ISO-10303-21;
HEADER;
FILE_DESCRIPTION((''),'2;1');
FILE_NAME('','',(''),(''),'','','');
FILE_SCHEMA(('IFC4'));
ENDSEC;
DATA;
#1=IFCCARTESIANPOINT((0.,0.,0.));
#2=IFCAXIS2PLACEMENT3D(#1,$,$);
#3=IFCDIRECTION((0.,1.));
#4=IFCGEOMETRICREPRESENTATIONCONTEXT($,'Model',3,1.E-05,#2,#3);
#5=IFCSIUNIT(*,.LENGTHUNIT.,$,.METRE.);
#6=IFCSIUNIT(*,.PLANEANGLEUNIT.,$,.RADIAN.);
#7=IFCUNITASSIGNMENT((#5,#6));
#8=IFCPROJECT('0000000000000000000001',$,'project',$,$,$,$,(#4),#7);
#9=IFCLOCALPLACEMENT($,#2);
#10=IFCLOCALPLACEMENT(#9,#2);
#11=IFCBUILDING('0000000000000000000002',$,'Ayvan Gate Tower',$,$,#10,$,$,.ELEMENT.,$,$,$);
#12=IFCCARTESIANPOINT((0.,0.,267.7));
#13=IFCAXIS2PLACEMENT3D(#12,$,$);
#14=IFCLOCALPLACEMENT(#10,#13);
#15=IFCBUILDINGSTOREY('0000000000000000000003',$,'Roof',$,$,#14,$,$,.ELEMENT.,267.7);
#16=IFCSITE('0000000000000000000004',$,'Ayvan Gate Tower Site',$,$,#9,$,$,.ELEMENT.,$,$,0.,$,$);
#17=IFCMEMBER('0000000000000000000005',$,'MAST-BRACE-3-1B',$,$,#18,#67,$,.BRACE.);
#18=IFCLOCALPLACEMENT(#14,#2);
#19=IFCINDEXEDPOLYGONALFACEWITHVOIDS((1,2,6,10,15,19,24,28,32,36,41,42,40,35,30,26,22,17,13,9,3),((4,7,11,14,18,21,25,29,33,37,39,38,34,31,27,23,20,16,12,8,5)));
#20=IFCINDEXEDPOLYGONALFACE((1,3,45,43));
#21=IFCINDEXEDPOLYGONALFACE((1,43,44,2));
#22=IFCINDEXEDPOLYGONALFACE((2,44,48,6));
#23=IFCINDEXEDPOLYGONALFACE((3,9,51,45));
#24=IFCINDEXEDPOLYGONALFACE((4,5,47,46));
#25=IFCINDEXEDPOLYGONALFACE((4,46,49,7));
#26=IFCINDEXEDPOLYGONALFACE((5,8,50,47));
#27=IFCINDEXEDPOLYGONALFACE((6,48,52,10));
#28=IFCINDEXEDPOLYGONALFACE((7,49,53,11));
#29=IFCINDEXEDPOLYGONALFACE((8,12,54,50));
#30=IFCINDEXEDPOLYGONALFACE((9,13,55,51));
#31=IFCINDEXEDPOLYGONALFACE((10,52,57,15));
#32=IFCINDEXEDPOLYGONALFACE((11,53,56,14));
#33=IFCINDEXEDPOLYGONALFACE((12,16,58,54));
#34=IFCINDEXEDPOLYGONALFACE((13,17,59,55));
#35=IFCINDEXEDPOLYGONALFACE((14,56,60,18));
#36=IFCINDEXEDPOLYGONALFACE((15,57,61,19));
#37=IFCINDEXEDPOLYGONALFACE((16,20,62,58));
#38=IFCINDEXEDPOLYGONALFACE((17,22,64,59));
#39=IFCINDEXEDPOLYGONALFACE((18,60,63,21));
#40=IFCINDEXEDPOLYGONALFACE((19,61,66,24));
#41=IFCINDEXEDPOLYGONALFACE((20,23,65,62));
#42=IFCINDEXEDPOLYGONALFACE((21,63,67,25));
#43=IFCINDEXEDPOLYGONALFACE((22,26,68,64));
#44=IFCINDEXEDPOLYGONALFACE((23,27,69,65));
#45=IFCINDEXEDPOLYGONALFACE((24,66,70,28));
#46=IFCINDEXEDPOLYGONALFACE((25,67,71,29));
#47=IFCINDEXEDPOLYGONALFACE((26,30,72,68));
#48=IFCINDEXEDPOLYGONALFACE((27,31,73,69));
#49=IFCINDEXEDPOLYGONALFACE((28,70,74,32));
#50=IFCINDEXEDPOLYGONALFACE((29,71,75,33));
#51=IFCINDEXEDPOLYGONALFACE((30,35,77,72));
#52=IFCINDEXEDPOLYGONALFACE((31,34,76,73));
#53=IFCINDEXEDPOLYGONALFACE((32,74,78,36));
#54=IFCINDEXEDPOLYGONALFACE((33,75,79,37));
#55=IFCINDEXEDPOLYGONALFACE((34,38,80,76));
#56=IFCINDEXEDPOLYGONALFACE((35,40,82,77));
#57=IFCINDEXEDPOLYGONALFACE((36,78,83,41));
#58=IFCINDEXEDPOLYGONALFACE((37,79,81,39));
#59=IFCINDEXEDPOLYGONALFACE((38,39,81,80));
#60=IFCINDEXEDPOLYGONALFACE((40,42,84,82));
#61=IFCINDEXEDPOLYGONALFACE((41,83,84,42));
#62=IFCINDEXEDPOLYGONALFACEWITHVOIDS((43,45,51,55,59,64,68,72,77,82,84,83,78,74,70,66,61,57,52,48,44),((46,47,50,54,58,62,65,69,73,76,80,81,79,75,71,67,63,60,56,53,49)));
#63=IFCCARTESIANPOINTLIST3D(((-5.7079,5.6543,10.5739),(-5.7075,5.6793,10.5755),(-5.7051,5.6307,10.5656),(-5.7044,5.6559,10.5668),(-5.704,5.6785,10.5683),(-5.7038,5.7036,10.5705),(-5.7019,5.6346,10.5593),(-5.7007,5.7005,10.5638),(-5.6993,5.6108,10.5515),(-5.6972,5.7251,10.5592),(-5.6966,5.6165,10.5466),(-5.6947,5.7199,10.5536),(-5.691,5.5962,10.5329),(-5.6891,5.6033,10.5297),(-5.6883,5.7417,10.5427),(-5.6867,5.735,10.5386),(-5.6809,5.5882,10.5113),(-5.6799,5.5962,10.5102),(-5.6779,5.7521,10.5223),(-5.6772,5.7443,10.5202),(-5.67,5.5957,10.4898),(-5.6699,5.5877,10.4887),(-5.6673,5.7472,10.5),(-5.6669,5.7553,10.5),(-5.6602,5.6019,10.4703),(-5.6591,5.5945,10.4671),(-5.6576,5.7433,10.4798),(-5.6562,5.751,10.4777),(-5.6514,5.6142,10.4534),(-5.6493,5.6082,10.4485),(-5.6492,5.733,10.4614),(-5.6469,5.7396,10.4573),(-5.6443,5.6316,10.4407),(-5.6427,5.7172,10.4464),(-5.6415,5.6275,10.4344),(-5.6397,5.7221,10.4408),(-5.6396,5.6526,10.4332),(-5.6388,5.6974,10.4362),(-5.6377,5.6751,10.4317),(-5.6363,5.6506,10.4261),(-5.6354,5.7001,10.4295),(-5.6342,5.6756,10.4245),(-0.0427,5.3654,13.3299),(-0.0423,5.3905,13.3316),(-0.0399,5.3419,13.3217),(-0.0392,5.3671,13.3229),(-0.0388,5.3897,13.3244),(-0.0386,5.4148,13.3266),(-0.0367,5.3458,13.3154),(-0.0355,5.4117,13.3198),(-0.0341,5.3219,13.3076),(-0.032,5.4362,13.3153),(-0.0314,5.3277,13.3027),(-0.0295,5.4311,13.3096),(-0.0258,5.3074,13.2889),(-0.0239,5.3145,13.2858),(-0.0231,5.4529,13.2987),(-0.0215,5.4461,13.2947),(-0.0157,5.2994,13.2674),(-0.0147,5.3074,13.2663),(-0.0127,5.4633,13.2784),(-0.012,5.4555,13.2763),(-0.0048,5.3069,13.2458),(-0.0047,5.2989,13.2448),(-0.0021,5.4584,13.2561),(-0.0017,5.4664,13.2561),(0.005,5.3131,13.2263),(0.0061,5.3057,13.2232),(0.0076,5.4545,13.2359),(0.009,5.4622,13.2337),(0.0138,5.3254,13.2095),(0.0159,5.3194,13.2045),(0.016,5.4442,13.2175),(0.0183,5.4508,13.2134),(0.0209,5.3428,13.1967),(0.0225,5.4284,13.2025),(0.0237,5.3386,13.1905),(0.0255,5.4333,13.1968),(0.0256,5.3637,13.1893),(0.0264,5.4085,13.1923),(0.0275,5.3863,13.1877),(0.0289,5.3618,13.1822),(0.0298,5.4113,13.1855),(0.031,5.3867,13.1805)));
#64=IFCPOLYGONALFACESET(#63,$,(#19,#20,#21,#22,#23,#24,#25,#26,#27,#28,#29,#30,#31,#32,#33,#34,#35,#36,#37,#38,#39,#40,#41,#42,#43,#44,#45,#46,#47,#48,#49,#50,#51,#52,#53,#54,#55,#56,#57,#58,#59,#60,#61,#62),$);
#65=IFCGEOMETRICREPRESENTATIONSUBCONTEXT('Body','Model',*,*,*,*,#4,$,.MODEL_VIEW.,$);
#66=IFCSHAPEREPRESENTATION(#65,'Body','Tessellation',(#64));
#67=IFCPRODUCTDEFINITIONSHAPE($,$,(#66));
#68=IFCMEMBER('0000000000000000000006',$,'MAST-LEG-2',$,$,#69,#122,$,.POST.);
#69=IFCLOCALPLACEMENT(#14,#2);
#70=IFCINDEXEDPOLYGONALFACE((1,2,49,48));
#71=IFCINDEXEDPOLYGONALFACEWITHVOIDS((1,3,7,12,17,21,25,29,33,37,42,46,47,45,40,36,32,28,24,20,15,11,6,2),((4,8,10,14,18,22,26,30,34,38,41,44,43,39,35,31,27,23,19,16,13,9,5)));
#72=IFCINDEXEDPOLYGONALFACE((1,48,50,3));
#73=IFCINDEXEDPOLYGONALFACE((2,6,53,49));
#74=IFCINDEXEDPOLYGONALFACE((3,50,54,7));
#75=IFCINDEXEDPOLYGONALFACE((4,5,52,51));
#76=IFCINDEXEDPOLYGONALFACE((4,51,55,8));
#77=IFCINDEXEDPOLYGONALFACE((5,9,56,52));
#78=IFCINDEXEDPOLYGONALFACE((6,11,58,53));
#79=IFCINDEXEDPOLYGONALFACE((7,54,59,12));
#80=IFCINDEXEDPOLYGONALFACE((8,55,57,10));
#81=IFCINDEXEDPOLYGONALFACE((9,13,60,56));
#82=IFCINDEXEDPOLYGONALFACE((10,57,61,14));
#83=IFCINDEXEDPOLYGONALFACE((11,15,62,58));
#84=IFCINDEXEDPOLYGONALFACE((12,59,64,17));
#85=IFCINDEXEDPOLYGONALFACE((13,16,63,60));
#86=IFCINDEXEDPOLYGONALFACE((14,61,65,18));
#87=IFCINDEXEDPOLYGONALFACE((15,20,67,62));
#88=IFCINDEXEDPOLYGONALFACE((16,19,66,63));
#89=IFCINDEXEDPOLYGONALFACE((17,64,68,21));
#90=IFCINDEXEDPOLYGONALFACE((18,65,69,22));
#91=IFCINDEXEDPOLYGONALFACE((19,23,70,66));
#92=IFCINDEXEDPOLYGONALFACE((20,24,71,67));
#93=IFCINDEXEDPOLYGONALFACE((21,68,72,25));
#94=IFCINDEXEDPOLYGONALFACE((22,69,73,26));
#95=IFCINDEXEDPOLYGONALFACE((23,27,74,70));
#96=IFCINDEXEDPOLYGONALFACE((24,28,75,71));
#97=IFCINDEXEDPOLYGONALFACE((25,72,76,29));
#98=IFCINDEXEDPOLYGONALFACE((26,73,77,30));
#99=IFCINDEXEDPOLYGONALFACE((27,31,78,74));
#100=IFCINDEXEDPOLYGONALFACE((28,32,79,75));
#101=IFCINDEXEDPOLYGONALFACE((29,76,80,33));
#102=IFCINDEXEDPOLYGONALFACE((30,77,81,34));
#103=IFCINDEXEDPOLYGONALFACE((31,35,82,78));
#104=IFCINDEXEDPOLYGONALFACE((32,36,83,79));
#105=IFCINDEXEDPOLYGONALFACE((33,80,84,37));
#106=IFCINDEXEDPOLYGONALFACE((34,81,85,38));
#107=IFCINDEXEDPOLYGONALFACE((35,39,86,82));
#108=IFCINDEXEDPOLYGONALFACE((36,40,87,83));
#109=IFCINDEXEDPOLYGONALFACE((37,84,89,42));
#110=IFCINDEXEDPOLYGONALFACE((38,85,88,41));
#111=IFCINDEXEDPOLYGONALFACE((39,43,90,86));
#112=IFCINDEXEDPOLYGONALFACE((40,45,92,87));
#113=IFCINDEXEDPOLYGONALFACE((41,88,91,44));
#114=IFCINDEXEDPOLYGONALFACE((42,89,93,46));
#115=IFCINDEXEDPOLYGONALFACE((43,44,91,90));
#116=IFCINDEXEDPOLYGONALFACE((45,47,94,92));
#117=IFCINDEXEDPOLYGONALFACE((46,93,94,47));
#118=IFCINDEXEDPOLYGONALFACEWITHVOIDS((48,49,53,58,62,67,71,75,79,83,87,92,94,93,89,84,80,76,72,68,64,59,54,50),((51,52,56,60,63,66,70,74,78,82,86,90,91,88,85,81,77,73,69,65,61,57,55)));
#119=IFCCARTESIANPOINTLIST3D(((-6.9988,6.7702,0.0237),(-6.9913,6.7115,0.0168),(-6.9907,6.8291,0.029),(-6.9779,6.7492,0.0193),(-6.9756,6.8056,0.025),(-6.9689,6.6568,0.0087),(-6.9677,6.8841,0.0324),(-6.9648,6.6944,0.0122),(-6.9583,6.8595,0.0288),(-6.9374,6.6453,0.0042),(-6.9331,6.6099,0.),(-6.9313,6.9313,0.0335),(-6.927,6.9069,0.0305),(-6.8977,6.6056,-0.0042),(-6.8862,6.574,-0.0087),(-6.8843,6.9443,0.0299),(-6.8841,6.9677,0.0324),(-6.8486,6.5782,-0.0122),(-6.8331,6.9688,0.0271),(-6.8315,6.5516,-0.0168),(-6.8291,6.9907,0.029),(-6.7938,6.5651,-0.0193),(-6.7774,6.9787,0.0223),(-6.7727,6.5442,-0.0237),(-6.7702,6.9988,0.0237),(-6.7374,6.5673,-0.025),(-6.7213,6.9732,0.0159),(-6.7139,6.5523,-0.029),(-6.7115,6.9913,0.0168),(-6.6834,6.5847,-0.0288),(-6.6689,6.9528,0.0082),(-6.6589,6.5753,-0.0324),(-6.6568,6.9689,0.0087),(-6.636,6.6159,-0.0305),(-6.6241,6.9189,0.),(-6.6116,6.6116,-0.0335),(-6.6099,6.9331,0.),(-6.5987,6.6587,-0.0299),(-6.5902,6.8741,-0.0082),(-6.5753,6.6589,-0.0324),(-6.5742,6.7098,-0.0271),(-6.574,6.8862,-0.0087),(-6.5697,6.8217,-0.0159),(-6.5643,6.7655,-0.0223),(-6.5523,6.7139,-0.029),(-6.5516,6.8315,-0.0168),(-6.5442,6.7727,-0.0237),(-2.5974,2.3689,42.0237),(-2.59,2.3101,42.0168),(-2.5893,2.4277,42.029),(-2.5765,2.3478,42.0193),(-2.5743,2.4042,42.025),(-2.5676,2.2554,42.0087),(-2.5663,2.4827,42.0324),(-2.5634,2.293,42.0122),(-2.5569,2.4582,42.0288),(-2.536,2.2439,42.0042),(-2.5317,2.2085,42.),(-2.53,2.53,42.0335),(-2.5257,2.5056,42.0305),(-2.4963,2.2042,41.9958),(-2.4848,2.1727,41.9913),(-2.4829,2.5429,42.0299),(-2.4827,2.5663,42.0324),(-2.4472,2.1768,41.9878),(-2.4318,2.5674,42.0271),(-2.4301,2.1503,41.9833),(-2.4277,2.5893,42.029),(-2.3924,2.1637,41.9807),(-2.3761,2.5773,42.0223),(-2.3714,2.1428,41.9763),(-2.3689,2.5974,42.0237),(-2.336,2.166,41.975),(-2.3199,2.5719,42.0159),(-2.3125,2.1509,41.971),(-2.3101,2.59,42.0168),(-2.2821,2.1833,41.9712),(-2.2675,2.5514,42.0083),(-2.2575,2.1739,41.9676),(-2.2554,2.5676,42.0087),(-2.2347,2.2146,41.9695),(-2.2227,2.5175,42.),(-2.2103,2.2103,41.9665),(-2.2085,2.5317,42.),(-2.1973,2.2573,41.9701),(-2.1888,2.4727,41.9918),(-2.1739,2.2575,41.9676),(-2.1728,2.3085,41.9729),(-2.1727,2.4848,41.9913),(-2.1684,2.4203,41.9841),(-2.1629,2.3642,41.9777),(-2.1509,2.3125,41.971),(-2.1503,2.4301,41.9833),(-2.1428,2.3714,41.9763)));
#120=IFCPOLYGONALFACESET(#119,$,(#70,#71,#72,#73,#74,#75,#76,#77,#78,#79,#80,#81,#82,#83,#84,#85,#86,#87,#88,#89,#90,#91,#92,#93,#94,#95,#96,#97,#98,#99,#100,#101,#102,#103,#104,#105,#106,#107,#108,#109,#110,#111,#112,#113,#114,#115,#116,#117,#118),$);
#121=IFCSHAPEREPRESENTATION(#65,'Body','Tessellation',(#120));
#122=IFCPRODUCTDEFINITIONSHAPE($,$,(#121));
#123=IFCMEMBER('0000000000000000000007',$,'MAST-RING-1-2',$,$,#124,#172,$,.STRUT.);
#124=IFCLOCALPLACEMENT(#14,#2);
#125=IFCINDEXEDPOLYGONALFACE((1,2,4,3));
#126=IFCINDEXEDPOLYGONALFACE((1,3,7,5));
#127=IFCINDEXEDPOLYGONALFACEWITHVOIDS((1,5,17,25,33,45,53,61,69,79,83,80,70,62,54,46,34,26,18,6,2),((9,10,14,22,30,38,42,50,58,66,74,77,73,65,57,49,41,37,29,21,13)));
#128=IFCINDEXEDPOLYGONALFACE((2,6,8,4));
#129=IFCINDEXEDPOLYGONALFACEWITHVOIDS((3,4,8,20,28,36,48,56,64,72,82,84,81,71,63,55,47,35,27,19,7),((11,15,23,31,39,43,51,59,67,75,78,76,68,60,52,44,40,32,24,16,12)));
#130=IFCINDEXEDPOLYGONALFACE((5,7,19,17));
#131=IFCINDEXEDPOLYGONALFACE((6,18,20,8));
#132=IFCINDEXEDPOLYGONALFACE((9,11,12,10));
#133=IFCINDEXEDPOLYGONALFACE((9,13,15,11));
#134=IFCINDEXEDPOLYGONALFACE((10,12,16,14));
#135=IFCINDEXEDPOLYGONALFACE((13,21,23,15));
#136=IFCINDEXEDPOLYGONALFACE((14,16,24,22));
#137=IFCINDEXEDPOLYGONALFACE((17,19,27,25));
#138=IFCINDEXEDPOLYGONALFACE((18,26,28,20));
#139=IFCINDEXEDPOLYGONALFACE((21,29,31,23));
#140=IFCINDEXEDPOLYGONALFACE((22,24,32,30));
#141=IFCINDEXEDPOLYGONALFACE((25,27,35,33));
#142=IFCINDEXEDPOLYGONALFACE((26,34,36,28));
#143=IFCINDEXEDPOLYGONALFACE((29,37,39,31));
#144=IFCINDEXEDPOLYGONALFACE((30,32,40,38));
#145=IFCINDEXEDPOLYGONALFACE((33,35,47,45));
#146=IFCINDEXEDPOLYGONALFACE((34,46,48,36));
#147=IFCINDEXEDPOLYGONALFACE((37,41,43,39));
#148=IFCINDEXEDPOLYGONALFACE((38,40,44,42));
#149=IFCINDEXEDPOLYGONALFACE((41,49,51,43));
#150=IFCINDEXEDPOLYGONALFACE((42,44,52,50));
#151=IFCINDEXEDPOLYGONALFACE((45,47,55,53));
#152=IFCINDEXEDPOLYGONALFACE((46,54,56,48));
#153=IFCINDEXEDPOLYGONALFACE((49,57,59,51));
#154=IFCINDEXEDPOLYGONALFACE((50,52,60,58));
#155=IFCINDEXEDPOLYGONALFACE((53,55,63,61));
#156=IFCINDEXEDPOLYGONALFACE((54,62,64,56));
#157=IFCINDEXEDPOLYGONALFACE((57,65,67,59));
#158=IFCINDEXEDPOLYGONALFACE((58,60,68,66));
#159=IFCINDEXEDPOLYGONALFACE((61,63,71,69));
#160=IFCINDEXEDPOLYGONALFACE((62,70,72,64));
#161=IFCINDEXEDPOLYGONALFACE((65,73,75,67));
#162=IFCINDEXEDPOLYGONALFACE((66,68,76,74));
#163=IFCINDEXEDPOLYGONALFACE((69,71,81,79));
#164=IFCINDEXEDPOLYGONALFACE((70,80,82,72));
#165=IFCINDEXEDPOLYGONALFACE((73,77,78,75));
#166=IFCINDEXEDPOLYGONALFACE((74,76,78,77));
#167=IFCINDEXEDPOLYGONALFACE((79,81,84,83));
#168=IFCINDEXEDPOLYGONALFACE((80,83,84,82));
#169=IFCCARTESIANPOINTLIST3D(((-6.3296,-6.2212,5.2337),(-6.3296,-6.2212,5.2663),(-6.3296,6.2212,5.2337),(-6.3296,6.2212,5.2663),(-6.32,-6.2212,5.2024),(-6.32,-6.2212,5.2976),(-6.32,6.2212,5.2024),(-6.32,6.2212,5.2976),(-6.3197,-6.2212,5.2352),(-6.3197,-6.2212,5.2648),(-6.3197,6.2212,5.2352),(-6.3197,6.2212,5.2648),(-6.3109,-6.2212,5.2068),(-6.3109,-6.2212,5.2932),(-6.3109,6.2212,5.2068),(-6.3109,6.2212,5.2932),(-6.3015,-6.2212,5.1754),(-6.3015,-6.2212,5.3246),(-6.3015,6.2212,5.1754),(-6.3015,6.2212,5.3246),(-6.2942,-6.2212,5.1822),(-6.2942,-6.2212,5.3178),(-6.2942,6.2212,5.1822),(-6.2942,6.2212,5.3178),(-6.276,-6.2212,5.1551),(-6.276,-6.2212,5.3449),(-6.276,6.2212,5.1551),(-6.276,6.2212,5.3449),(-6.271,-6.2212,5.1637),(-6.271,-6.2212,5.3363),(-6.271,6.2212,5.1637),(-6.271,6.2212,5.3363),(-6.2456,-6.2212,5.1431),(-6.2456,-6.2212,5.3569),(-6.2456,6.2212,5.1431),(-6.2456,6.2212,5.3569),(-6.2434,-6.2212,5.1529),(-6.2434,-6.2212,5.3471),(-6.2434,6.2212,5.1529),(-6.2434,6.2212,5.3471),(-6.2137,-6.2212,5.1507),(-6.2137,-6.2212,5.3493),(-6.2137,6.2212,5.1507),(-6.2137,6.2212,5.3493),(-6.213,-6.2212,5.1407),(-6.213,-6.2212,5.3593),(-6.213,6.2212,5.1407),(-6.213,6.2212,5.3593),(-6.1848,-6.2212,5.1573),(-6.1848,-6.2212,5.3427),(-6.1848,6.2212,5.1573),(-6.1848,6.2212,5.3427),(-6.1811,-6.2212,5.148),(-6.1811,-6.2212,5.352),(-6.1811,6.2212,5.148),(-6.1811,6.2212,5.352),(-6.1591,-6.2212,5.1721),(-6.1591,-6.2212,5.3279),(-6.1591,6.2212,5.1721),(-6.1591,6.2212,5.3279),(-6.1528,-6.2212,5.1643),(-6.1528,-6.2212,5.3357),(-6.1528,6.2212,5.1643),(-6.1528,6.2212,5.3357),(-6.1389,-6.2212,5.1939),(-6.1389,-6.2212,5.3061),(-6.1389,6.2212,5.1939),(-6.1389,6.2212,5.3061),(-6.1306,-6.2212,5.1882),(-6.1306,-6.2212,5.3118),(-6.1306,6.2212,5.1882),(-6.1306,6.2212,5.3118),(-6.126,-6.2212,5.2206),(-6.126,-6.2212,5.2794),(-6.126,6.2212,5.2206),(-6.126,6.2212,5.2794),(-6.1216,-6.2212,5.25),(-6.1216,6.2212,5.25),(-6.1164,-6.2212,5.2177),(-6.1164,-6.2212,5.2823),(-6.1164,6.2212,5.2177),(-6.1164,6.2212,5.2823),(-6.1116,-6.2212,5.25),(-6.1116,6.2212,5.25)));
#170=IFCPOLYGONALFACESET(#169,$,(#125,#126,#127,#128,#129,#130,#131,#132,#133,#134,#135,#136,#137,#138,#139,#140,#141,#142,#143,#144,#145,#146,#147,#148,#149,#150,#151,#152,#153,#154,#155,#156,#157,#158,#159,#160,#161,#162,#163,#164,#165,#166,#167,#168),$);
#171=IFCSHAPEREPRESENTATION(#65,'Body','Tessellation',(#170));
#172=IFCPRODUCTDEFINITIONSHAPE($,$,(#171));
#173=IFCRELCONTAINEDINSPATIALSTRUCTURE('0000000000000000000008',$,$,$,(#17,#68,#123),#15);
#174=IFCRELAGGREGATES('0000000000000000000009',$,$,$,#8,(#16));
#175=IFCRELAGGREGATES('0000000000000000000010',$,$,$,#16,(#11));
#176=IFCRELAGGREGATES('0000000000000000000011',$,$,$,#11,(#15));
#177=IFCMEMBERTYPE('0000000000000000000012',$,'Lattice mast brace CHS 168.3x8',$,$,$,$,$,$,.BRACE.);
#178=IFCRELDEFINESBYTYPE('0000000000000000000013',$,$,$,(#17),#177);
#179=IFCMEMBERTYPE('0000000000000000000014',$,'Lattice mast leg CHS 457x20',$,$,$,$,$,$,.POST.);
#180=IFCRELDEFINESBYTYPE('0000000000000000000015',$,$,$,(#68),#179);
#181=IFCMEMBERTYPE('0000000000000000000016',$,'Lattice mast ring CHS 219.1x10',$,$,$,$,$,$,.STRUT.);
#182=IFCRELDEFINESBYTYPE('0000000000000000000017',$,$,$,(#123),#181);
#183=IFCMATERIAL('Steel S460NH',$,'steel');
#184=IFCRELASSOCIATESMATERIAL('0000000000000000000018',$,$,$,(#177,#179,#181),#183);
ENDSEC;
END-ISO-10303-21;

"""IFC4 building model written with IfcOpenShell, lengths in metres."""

from ifc_helpers import new_model, si_unit, direction, frame, origin, origin_2d, place, context, subcontext, project, spatial, hollow_circle, extrude, material, material_profile, profile_set, type_object, element, save


model = new_model("IFC4")

# Units and contexts
model_context = context("Model", 3, precision=1e-05, world=origin(), true_north=direction((0.0, 1.0)))
body_context = subcontext(model_context, "Body", "Model", "MODEL_VIEW")
ifc_project = project(units=[si_unit("LENGTHUNIT", "METRE"), si_unit("PLANEANGLEUNIT", "RADIAN")], contexts=[model_context])

# Site, building, storey
site_placement = place(None, origin())
site = spatial("IfcSite", under=ifc_project, at=site_placement, Name="Ayvan Gate Tower Site", CompositionType="ELEMENT", RefElevation=0.0)
building_placement = place(site_placement, origin())
building = spatial("IfcBuilding", under=site, at=building_placement, Name="Ayvan Gate Tower", CompositionType="ELEMENT")
storey_placement = place(building_placement, frame((0.0, 0.0, 267.7)))
storey = spatial("IfcBuildingStorey", under=building, at=storey_placement, Name="Roof", CompositionType="ELEMENT", Elevation=267.7)

# Members
ifc_material_1 = material(Name="Steel S460NH", Category="steel")
ifc_material_profile_1 = material_profile(ifc_material_1, hollow_circle(Radius=0.0842, WallThickness=0.0081, at=origin_2d()), Name="CHS 168.3x8")
ifc_profile_set_1 = profile_set([ifc_material_profile_1], Name="Steel S460NH")
member_type_1 = type_object("IfcMemberType", Name="Lattice mast brace CHS 168.3x8", PredefinedType="BRACE", material=ifc_profile_set_1)
member_1_placement = place(storey_placement, frame((-5.6711, 5.6711, 10.5), z_axis=(0.89829, -0.045795, 0.437009), x_axis=(0.050914, 0.998703, 0.0)))
element("IfcMember", 1, at=member_1_placement, inside=storey, type_object=member_type_1, Name="MAST-BRACE-3-1B", PredefinedType="BRACE", context=body_context, shape_type="SweptSolid", body=[
    extrude(hollow_circle(Radius=0.0842, WallThickness=0.0081, at=origin_2d()), origin(), (0.0, 0.0, 1.0), 6.3066),
])
ifc_material_profile_2 = material_profile(ifc_material_1, hollow_circle(Radius=0.2285, WallThickness=0.02, at=origin_2d()), Name="CHS 457x20")
ifc_profile_set_2 = profile_set([ifc_material_profile_2], Name="Steel S460NH")
member_type_2 = type_object("IfcMemberType", Name="Lattice mast leg CHS 457x20", PredefinedType="POST", material=ifc_profile_set_2)
member_2_placement = place(storey_placement, frame((-6.7715, 6.7715, 0.0), z_axis=(0.103662, -0.103662, 0.989196), x_axis=(0.707107, 0.707107, 0.0)))
element("IfcMember", 2, at=member_2_placement, inside=storey, type_object=member_type_2, Name="MAST-LEG-2", PredefinedType="POST", context=body_context, shape_type="SweptSolid", body=[
    extrude(hollow_circle(Radius=0.2285, WallThickness=0.02, at=origin_2d()), origin(), (0.0, 0.0, 1.0), 42.4587),
])
ifc_material_profile_3 = material_profile(ifc_material_1, hollow_circle(Radius=0.1096, WallThickness=0.01, at=origin_2d()), Name="CHS 219.1x10")
ifc_profile_set_3 = profile_set([ifc_material_profile_3], Name="Steel S460NH")
member_type_3 = type_object("IfcMemberType", Name="Lattice mast ring CHS 219.1x10", PredefinedType="STRUT", material=ifc_profile_set_3)
member_3_placement = place(storey_placement, frame((-6.2212, 6.2212, 5.25), z_axis=(0.0, -1.0, 0.0), x_axis=(1.0, 0.0, 0.0)))
element("IfcMember", 3, at=member_3_placement, inside=storey, type_object=member_type_3, Name="MAST-RING-1-2", PredefinedType="STRUT", context=body_context, shape_type="SweptSolid", body=[
    extrude(hollow_circle(Radius=0.1096, WallThickness=0.01, at=origin_2d()), origin(), (0.0, 0.0, 1.0), 12.4424),
])

save(model, "model.ifc")
